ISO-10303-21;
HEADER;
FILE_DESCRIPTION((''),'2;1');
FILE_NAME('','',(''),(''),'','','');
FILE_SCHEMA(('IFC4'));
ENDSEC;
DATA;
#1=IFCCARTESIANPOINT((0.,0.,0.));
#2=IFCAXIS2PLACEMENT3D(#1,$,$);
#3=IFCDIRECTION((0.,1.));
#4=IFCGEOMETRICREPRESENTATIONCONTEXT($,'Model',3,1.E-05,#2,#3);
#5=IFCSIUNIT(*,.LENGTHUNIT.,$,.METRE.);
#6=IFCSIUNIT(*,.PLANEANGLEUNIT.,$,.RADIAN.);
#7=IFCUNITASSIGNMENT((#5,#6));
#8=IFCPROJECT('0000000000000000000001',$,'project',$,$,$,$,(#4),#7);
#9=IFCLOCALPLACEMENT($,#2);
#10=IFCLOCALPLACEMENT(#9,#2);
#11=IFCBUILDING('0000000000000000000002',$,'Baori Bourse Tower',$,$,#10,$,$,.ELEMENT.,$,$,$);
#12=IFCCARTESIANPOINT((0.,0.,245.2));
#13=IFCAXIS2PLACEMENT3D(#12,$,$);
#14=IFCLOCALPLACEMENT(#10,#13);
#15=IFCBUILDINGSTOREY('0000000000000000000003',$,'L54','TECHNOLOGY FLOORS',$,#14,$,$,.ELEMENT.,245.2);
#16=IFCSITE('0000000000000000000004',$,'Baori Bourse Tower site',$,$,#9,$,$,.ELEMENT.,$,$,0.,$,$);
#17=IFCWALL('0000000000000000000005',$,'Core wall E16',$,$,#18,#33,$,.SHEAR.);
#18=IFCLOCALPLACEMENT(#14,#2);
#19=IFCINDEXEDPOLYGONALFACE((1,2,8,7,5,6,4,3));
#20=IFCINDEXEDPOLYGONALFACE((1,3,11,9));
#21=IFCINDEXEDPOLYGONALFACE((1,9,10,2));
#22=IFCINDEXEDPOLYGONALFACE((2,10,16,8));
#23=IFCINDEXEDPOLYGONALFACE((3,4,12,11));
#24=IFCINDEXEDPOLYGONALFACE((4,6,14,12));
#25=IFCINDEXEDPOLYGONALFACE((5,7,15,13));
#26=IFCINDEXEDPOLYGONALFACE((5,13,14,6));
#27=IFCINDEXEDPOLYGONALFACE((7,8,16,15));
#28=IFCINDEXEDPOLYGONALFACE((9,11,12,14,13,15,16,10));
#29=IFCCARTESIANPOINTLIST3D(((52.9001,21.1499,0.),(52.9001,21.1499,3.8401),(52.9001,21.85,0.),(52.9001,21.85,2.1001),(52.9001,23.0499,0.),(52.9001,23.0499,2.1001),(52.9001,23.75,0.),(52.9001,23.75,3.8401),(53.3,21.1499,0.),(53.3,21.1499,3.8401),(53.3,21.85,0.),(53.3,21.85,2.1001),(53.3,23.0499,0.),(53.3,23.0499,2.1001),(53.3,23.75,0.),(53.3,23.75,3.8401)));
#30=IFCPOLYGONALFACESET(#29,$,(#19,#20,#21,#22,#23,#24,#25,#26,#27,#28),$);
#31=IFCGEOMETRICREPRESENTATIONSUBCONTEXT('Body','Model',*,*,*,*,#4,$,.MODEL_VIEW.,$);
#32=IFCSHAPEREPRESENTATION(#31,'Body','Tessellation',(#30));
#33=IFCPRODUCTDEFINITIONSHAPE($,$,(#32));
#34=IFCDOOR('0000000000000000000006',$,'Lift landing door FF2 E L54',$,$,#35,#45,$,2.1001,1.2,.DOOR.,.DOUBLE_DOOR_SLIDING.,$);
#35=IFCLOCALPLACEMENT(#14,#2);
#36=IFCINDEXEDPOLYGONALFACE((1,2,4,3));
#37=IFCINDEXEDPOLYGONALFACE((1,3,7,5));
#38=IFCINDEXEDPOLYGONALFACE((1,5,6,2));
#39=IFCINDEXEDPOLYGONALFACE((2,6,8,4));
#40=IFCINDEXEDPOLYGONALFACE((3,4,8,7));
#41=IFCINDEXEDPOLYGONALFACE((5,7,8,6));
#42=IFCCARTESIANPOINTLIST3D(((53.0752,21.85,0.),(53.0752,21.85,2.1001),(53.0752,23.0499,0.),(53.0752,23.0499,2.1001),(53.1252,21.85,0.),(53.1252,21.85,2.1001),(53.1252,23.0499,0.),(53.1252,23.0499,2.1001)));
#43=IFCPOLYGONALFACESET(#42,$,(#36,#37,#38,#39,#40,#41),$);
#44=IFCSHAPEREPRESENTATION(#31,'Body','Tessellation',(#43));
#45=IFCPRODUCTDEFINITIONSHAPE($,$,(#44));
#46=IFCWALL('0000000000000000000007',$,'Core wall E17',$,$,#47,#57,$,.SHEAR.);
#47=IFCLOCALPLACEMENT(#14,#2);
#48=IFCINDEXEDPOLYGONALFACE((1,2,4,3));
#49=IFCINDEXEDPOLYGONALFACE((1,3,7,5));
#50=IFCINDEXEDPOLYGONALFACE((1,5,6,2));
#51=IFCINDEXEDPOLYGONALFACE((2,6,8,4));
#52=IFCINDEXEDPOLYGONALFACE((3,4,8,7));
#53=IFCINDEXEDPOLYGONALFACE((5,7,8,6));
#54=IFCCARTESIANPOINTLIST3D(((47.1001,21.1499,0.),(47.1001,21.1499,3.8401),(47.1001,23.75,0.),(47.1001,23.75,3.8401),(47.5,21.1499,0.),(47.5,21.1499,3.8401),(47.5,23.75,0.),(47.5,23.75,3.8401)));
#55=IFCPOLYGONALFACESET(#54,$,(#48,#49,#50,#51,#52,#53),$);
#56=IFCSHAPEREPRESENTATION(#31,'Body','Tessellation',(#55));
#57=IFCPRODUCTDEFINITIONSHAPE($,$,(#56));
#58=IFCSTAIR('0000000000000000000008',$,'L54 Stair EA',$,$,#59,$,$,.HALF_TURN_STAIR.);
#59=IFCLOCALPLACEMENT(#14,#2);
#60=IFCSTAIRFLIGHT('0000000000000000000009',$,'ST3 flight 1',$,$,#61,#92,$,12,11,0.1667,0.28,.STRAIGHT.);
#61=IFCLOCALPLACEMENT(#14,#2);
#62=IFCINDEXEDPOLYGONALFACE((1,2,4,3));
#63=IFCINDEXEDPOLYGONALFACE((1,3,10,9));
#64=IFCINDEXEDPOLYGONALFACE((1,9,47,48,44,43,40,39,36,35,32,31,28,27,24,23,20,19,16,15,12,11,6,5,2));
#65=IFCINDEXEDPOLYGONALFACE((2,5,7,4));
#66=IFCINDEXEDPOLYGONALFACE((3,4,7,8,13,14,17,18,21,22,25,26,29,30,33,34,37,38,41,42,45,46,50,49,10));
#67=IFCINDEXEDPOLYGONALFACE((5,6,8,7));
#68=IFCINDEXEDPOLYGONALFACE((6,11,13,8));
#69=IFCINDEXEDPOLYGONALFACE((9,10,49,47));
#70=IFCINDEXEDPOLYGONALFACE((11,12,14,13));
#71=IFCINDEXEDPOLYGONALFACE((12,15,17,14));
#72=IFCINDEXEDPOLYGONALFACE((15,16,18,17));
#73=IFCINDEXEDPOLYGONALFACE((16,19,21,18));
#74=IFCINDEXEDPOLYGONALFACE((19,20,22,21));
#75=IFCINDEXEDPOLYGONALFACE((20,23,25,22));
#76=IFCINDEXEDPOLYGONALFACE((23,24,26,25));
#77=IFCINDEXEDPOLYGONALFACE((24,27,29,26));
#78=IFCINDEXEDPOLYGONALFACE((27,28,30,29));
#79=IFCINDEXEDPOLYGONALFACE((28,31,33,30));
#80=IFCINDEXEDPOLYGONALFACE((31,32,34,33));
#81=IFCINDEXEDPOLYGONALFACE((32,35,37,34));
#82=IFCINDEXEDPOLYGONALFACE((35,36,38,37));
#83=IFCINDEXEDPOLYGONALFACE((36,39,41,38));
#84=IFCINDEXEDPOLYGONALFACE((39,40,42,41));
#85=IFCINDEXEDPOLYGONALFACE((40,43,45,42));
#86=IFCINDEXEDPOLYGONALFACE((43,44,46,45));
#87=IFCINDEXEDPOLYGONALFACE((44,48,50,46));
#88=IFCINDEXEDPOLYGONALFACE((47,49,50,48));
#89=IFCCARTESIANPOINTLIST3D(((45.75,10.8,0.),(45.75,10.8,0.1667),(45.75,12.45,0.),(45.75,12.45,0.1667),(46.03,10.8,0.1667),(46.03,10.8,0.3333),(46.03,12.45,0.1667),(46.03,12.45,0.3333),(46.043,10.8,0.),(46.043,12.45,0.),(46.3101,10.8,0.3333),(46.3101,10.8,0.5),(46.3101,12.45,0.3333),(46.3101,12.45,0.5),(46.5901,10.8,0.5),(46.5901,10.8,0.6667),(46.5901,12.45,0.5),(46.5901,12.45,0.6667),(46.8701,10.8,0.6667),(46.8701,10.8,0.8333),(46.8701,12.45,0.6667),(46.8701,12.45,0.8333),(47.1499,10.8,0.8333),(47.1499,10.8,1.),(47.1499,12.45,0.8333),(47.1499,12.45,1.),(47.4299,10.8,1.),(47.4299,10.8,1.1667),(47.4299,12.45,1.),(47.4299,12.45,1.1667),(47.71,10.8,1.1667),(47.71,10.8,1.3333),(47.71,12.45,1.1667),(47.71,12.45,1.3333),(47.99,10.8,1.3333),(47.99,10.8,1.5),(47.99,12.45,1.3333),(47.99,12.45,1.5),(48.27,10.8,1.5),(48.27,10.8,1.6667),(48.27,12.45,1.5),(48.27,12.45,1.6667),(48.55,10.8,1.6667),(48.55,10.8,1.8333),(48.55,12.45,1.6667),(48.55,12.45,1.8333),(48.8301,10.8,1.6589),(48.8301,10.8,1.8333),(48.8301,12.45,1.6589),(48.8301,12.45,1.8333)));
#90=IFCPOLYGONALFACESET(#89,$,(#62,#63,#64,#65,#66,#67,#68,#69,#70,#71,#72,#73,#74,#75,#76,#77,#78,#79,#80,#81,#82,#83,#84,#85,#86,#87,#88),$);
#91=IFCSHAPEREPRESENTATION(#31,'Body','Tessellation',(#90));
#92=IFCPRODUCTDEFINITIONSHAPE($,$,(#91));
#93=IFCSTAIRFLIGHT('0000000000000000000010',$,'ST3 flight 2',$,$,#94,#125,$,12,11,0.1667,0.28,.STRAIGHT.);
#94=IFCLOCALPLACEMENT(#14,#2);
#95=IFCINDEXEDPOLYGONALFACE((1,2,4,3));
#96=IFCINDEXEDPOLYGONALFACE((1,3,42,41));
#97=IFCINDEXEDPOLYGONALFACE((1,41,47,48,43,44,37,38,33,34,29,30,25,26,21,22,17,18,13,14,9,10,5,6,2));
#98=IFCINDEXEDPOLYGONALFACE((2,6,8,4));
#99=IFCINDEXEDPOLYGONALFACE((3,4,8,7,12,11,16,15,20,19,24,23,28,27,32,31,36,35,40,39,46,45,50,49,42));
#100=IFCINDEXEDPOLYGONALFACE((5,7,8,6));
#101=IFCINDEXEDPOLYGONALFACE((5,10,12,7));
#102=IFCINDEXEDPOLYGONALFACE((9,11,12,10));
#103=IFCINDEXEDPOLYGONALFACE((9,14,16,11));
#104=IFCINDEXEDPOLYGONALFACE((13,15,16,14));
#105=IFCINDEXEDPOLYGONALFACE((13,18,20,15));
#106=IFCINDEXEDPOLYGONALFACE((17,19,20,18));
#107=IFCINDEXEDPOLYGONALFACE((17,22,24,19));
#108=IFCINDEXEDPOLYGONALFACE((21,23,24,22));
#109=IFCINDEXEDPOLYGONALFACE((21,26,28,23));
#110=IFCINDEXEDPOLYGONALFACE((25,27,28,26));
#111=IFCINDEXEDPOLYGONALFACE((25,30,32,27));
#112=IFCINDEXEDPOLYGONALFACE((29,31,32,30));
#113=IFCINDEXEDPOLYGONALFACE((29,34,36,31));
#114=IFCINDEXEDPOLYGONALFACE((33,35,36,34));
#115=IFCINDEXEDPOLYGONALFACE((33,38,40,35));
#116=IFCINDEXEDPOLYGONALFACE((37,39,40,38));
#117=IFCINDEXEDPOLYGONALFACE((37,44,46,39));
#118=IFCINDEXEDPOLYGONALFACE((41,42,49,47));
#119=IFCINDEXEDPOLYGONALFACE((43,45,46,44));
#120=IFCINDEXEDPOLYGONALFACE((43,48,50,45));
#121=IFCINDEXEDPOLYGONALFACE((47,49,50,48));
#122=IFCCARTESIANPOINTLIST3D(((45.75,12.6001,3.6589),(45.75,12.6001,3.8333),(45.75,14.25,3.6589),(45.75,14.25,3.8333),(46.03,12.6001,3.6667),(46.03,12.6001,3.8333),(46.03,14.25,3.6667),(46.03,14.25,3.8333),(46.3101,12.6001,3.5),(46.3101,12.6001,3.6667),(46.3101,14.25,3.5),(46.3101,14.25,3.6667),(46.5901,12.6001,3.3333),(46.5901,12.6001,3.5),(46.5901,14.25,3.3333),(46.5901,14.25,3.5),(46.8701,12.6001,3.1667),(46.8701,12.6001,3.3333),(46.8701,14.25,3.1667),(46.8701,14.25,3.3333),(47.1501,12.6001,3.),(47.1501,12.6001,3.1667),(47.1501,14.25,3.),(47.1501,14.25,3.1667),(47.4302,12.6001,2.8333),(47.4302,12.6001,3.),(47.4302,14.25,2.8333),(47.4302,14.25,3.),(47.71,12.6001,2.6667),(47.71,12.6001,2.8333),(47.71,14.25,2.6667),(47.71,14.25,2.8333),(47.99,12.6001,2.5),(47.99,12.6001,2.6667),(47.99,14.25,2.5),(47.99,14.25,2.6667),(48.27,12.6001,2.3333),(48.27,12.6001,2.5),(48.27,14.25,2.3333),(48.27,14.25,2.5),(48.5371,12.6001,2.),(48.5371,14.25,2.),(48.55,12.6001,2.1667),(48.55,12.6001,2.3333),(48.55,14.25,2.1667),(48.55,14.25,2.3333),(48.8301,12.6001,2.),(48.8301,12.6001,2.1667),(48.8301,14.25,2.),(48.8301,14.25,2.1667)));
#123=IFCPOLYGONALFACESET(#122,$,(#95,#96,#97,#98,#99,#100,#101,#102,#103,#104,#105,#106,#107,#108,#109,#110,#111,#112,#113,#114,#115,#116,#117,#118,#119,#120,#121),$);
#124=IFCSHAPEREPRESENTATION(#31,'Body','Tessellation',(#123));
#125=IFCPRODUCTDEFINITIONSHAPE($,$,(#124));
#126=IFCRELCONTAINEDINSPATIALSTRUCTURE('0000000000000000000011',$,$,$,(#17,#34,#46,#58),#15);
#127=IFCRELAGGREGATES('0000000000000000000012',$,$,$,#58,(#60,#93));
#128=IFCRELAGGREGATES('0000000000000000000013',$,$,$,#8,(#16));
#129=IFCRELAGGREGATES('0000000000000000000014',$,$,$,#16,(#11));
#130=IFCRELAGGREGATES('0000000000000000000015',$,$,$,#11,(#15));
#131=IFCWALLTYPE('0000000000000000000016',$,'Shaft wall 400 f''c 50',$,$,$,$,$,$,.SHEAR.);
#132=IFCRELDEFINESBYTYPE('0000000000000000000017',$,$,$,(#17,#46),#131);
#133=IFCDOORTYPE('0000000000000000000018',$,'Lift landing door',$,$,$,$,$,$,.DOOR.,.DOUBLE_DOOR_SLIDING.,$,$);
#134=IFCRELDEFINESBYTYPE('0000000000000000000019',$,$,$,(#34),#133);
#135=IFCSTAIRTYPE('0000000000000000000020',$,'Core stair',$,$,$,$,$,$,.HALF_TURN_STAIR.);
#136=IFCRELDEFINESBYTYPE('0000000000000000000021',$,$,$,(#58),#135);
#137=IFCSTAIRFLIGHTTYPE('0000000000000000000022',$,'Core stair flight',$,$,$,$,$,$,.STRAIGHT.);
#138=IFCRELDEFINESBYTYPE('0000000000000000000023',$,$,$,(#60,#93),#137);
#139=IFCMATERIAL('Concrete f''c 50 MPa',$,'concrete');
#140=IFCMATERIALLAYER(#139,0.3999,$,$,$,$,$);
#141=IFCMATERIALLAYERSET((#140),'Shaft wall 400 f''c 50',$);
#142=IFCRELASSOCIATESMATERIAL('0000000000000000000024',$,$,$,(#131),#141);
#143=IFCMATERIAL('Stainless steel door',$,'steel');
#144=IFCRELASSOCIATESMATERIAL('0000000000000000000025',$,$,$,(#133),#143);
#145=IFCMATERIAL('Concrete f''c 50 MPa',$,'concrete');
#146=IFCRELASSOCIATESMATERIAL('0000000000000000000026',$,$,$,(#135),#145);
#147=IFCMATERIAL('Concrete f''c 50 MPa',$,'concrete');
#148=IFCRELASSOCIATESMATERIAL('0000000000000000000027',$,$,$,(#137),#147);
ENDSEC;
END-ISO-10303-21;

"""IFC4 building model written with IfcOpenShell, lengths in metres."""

from ifc_helpers import new_model, si_unit, direction, frame, frame_2d, origin, place, context, subcontext, project, spatial, polyline, rectangle, outline, extrude, material, layer, layer_set, type_object, element, fill, aggregate, save


model = new_model("IFC4")

# Units and contexts
model_context = context("Model", 3, precision=1e-05, world=origin(), true_north=direction((0.0, 1.0)))
body_context = subcontext(model_context, "Body", "Model", "MODEL_VIEW")
ifc_project = project(units=[si_unit("LENGTHUNIT", "METRE"), si_unit("PLANEANGLEUNIT", "RADIAN")], contexts=[model_context])

# Site, building, storey
site_placement = place(None, origin())
site = spatial("IfcSite", under=ifc_project, at=site_placement, Name="Baori Bourse Tower site", CompositionType="ELEMENT", RefElevation=0.0)
building_placement = place(site_placement, origin())
building = spatial("IfcBuilding", under=site, at=building_placement, Name="Baori Bourse Tower", CompositionType="ELEMENT")
storey_placement = place(building_placement, frame((0.0, 0.0, 245.2)))
storey = spatial("IfcBuildingStorey", under=building, at=storey_placement, Name="L54", Description="TECHNOLOGY FLOORS", CompositionType="ELEMENT", Elevation=245.2)

# Shared definitions
ifc_material_1 = material(Name="Concrete f'c 50 MPa", Category="concrete")
ifc_layer_1 = layer(ifc_material_1, 0.3999)
ifc_layer_set_1 = layer_set([ifc_layer_1], Name="Shaft wall 400 f'c 50")
wall_type_1 = type_object("IfcWallType", Name="Shaft wall 400 f'c 50", PredefinedType="SHEAR", material=ifc_layer_set_1)

# Wall, opening, door
wall_1_placement = place(storey_placement, frame((53.1001, 21.1499, 0.0), z_axis=(0.0, 0.0, 1.0), x_axis=(0.0, 1.0, 0.0)))
wall_1 = element("IfcWall", 1, at=wall_1_placement, inside=storey, type_object=wall_type_1, Name="Core wall E16", PredefinedType="SHEAR", context=body_context, shape_type="SweptSolid", body=[
    extrude(rectangle(XDim=2.6001, YDim=0.3999, at=frame_2d((1.3, 0.0))), origin(), (0.0, 0.0, 1.0), 3.8401),
])
opening_1_placement = place(wall_1_placement, frame((0.7, 0.0, 0.0)))
opening_1 = element("IfcOpeningElement", 2, at=opening_1_placement, cuts=wall_1, PredefinedType="OPENING", context=body_context, shape_type="SweptSolid", body=[
    extrude(rectangle(XDim=1.2, YDim=2.1001, at=frame_2d((0.6001, 1.05))), frame((0.0, 0.21, 0.0), z_axis=(0.0, -1.0, 0.0), x_axis=(1.0, 0.0, 0.0)), (0.0, 0.0, 1.0), 0.4199),
])
ifc_material_2 = material(Name="Stainless steel door", Category="steel")
door_type_1 = type_object("IfcDoorType", Name="Lift landing door", OperationType="DOUBLE_DOOR_SLIDING", PredefinedType="DOOR", material=ifc_material_2)
door_1_placement = place(opening_1_placement, origin())
door_1 = element("IfcDoor", 3, at=door_1_placement, inside=storey, type_object=door_type_1, Name="Lift landing door FF2 E L54", OperationType="DOUBLE_DOOR_SLIDING", OverallHeight=2.1001, OverallWidth=1.2, PredefinedType="DOOR", context=body_context, shape_type="SweptSolid", body=[
    extrude(rectangle(XDim=1.2, YDim=2.1001, at=frame_2d((0.6001, 1.05))), frame((0.0, 0.0249, 0.0), z_axis=(0.0, -1.0, 0.0), x_axis=(1.0, 0.0, 0.0)), (0.0, 0.0, 1.0), 0.05),
])
fill(opening_1, door_1)

# Wall
wall_2_placement = place(storey_placement, frame((47.3, 21.1499, 0.0), z_axis=(0.0, 0.0, 1.0), x_axis=(0.0, 1.0, 0.0)))
element("IfcWall", 4, at=wall_2_placement, inside=storey, type_object=wall_type_1, Name="Core wall E17", PredefinedType="SHEAR", context=body_context, shape_type="SweptSolid", body=[
    extrude(rectangle(XDim=2.6001, YDim=0.3999, at=frame_2d((1.3, 0.0))), origin(), (0.0, 0.0, 1.0), 3.8401),
])

# Stair, stair flights
ifc_material_3 = material(Name="Concrete f'c 50 MPa", Category="concrete")
stair_type = type_object("IfcStairType", Name="Core stair", PredefinedType="HALF_TURN_STAIR", material=ifc_material_3)
stair_placement = place(storey_placement, origin())
stair = element("IfcStair", 5, at=stair_placement, inside=storey, type_object=stair_type, Name="L54 Stair EA", PredefinedType="HALF_TURN_STAIR")
ifc_material_4 = material(Name="Concrete f'c 50 MPa", Category="concrete")
stair_flight_type = type_object("IfcStairFlightType", Name="Core stair flight", PredefinedType="STRAIGHT", material=ifc_material_4)
stair_flight_1_placement = place(storey_placement, frame((45.75, 11.625, 0.0), z_axis=(0.0, 0.0, 1.0), x_axis=(1.0, 0.0, 0.0)))
stair_flight_1 = element("IfcStairFlight", 6, at=stair_flight_1_placement, type_object=stair_flight_type, Name="ST3 flight 1", NumberOfRisers=12, NumberOfTreads=11, PredefinedType="STRAIGHT", RiserHeight=0.1667, TreadLength=0.28, context=body_context, shape_type="SweptSolid", body=[
    extrude(outline(polyline([(0.0, 0.0), (0.0, 0.1667), (0.28, 0.1667), (0.28, 0.3333), (0.5601, 0.3333), (0.5601, 0.5), (0.8401, 0.5), (0.8401, 0.6667), (1.1201, 0.6667), (1.1201, 0.8333), (1.3999, 0.8333), (1.3999, 1.0), (1.6799, 1.0), (1.6799, 1.1667), (1.96, 1.1667), (1.96, 1.3333), (2.24, 1.3333), (2.24, 1.5), (2.52, 1.5), (2.52, 1.6667), (2.8, 1.6667), (2.8, 1.8333), (3.0801, 1.8333), (3.0801, 2.0), (3.0801, 1.6589), (0.293, 0.0), (0.0, 0.0)])), frame((0.0, 0.825, 0.0), z_axis=(0.0, -1.0, 0.0), x_axis=(1.0, 0.0, 0.0)), (0.0, 0.0, 1.0), 1.6499),
])
stair_flight_2_placement = place(storey_placement, frame((48.8301, 13.425, 2.0), z_axis=(0.0, 0.0, 1.0), x_axis=(-1.0, 0.0, 0.0)))
stair_flight_2 = element("IfcStairFlight", 7, at=stair_flight_2_placement, type_object=stair_flight_type, Name="ST3 flight 2", NumberOfRisers=12, NumberOfTreads=11, PredefinedType="STRAIGHT", RiserHeight=0.1667, TreadLength=0.28, context=body_context, shape_type="SweptSolid", body=[
    extrude(outline(polyline([(0.0, 0.0), (0.0, 0.1667), (0.28, 0.1667), (0.28, 0.3333), (0.5601, 0.3333), (0.5601, 0.5), (0.8401, 0.5), (0.8401, 0.6667), (1.1201, 0.6667), (1.1201, 0.8333), (1.3999, 0.8333), (1.3999, 1.0), (1.6799, 1.0), (1.6799, 1.1667), (1.96, 1.1667), (1.96, 1.3333), (2.24, 1.3333), (2.24, 1.5), (2.52, 1.5), (2.52, 1.6667), (2.8, 1.6667), (2.8, 1.8333), (3.0801, 1.8333), (3.0801, 2.0), (3.0801, 1.6589), (0.293, 0.0), (0.0, 0.0)])), frame((0.0, 0.825, 0.0), z_axis=(0.0, -1.0, 0.0), x_axis=(1.0, 0.0, 0.0)), (0.0, 0.0, 1.0), 1.6499),
])
aggregate(stair, [stair_flight_1, stair_flight_2])

save(model, "model.ifc")
